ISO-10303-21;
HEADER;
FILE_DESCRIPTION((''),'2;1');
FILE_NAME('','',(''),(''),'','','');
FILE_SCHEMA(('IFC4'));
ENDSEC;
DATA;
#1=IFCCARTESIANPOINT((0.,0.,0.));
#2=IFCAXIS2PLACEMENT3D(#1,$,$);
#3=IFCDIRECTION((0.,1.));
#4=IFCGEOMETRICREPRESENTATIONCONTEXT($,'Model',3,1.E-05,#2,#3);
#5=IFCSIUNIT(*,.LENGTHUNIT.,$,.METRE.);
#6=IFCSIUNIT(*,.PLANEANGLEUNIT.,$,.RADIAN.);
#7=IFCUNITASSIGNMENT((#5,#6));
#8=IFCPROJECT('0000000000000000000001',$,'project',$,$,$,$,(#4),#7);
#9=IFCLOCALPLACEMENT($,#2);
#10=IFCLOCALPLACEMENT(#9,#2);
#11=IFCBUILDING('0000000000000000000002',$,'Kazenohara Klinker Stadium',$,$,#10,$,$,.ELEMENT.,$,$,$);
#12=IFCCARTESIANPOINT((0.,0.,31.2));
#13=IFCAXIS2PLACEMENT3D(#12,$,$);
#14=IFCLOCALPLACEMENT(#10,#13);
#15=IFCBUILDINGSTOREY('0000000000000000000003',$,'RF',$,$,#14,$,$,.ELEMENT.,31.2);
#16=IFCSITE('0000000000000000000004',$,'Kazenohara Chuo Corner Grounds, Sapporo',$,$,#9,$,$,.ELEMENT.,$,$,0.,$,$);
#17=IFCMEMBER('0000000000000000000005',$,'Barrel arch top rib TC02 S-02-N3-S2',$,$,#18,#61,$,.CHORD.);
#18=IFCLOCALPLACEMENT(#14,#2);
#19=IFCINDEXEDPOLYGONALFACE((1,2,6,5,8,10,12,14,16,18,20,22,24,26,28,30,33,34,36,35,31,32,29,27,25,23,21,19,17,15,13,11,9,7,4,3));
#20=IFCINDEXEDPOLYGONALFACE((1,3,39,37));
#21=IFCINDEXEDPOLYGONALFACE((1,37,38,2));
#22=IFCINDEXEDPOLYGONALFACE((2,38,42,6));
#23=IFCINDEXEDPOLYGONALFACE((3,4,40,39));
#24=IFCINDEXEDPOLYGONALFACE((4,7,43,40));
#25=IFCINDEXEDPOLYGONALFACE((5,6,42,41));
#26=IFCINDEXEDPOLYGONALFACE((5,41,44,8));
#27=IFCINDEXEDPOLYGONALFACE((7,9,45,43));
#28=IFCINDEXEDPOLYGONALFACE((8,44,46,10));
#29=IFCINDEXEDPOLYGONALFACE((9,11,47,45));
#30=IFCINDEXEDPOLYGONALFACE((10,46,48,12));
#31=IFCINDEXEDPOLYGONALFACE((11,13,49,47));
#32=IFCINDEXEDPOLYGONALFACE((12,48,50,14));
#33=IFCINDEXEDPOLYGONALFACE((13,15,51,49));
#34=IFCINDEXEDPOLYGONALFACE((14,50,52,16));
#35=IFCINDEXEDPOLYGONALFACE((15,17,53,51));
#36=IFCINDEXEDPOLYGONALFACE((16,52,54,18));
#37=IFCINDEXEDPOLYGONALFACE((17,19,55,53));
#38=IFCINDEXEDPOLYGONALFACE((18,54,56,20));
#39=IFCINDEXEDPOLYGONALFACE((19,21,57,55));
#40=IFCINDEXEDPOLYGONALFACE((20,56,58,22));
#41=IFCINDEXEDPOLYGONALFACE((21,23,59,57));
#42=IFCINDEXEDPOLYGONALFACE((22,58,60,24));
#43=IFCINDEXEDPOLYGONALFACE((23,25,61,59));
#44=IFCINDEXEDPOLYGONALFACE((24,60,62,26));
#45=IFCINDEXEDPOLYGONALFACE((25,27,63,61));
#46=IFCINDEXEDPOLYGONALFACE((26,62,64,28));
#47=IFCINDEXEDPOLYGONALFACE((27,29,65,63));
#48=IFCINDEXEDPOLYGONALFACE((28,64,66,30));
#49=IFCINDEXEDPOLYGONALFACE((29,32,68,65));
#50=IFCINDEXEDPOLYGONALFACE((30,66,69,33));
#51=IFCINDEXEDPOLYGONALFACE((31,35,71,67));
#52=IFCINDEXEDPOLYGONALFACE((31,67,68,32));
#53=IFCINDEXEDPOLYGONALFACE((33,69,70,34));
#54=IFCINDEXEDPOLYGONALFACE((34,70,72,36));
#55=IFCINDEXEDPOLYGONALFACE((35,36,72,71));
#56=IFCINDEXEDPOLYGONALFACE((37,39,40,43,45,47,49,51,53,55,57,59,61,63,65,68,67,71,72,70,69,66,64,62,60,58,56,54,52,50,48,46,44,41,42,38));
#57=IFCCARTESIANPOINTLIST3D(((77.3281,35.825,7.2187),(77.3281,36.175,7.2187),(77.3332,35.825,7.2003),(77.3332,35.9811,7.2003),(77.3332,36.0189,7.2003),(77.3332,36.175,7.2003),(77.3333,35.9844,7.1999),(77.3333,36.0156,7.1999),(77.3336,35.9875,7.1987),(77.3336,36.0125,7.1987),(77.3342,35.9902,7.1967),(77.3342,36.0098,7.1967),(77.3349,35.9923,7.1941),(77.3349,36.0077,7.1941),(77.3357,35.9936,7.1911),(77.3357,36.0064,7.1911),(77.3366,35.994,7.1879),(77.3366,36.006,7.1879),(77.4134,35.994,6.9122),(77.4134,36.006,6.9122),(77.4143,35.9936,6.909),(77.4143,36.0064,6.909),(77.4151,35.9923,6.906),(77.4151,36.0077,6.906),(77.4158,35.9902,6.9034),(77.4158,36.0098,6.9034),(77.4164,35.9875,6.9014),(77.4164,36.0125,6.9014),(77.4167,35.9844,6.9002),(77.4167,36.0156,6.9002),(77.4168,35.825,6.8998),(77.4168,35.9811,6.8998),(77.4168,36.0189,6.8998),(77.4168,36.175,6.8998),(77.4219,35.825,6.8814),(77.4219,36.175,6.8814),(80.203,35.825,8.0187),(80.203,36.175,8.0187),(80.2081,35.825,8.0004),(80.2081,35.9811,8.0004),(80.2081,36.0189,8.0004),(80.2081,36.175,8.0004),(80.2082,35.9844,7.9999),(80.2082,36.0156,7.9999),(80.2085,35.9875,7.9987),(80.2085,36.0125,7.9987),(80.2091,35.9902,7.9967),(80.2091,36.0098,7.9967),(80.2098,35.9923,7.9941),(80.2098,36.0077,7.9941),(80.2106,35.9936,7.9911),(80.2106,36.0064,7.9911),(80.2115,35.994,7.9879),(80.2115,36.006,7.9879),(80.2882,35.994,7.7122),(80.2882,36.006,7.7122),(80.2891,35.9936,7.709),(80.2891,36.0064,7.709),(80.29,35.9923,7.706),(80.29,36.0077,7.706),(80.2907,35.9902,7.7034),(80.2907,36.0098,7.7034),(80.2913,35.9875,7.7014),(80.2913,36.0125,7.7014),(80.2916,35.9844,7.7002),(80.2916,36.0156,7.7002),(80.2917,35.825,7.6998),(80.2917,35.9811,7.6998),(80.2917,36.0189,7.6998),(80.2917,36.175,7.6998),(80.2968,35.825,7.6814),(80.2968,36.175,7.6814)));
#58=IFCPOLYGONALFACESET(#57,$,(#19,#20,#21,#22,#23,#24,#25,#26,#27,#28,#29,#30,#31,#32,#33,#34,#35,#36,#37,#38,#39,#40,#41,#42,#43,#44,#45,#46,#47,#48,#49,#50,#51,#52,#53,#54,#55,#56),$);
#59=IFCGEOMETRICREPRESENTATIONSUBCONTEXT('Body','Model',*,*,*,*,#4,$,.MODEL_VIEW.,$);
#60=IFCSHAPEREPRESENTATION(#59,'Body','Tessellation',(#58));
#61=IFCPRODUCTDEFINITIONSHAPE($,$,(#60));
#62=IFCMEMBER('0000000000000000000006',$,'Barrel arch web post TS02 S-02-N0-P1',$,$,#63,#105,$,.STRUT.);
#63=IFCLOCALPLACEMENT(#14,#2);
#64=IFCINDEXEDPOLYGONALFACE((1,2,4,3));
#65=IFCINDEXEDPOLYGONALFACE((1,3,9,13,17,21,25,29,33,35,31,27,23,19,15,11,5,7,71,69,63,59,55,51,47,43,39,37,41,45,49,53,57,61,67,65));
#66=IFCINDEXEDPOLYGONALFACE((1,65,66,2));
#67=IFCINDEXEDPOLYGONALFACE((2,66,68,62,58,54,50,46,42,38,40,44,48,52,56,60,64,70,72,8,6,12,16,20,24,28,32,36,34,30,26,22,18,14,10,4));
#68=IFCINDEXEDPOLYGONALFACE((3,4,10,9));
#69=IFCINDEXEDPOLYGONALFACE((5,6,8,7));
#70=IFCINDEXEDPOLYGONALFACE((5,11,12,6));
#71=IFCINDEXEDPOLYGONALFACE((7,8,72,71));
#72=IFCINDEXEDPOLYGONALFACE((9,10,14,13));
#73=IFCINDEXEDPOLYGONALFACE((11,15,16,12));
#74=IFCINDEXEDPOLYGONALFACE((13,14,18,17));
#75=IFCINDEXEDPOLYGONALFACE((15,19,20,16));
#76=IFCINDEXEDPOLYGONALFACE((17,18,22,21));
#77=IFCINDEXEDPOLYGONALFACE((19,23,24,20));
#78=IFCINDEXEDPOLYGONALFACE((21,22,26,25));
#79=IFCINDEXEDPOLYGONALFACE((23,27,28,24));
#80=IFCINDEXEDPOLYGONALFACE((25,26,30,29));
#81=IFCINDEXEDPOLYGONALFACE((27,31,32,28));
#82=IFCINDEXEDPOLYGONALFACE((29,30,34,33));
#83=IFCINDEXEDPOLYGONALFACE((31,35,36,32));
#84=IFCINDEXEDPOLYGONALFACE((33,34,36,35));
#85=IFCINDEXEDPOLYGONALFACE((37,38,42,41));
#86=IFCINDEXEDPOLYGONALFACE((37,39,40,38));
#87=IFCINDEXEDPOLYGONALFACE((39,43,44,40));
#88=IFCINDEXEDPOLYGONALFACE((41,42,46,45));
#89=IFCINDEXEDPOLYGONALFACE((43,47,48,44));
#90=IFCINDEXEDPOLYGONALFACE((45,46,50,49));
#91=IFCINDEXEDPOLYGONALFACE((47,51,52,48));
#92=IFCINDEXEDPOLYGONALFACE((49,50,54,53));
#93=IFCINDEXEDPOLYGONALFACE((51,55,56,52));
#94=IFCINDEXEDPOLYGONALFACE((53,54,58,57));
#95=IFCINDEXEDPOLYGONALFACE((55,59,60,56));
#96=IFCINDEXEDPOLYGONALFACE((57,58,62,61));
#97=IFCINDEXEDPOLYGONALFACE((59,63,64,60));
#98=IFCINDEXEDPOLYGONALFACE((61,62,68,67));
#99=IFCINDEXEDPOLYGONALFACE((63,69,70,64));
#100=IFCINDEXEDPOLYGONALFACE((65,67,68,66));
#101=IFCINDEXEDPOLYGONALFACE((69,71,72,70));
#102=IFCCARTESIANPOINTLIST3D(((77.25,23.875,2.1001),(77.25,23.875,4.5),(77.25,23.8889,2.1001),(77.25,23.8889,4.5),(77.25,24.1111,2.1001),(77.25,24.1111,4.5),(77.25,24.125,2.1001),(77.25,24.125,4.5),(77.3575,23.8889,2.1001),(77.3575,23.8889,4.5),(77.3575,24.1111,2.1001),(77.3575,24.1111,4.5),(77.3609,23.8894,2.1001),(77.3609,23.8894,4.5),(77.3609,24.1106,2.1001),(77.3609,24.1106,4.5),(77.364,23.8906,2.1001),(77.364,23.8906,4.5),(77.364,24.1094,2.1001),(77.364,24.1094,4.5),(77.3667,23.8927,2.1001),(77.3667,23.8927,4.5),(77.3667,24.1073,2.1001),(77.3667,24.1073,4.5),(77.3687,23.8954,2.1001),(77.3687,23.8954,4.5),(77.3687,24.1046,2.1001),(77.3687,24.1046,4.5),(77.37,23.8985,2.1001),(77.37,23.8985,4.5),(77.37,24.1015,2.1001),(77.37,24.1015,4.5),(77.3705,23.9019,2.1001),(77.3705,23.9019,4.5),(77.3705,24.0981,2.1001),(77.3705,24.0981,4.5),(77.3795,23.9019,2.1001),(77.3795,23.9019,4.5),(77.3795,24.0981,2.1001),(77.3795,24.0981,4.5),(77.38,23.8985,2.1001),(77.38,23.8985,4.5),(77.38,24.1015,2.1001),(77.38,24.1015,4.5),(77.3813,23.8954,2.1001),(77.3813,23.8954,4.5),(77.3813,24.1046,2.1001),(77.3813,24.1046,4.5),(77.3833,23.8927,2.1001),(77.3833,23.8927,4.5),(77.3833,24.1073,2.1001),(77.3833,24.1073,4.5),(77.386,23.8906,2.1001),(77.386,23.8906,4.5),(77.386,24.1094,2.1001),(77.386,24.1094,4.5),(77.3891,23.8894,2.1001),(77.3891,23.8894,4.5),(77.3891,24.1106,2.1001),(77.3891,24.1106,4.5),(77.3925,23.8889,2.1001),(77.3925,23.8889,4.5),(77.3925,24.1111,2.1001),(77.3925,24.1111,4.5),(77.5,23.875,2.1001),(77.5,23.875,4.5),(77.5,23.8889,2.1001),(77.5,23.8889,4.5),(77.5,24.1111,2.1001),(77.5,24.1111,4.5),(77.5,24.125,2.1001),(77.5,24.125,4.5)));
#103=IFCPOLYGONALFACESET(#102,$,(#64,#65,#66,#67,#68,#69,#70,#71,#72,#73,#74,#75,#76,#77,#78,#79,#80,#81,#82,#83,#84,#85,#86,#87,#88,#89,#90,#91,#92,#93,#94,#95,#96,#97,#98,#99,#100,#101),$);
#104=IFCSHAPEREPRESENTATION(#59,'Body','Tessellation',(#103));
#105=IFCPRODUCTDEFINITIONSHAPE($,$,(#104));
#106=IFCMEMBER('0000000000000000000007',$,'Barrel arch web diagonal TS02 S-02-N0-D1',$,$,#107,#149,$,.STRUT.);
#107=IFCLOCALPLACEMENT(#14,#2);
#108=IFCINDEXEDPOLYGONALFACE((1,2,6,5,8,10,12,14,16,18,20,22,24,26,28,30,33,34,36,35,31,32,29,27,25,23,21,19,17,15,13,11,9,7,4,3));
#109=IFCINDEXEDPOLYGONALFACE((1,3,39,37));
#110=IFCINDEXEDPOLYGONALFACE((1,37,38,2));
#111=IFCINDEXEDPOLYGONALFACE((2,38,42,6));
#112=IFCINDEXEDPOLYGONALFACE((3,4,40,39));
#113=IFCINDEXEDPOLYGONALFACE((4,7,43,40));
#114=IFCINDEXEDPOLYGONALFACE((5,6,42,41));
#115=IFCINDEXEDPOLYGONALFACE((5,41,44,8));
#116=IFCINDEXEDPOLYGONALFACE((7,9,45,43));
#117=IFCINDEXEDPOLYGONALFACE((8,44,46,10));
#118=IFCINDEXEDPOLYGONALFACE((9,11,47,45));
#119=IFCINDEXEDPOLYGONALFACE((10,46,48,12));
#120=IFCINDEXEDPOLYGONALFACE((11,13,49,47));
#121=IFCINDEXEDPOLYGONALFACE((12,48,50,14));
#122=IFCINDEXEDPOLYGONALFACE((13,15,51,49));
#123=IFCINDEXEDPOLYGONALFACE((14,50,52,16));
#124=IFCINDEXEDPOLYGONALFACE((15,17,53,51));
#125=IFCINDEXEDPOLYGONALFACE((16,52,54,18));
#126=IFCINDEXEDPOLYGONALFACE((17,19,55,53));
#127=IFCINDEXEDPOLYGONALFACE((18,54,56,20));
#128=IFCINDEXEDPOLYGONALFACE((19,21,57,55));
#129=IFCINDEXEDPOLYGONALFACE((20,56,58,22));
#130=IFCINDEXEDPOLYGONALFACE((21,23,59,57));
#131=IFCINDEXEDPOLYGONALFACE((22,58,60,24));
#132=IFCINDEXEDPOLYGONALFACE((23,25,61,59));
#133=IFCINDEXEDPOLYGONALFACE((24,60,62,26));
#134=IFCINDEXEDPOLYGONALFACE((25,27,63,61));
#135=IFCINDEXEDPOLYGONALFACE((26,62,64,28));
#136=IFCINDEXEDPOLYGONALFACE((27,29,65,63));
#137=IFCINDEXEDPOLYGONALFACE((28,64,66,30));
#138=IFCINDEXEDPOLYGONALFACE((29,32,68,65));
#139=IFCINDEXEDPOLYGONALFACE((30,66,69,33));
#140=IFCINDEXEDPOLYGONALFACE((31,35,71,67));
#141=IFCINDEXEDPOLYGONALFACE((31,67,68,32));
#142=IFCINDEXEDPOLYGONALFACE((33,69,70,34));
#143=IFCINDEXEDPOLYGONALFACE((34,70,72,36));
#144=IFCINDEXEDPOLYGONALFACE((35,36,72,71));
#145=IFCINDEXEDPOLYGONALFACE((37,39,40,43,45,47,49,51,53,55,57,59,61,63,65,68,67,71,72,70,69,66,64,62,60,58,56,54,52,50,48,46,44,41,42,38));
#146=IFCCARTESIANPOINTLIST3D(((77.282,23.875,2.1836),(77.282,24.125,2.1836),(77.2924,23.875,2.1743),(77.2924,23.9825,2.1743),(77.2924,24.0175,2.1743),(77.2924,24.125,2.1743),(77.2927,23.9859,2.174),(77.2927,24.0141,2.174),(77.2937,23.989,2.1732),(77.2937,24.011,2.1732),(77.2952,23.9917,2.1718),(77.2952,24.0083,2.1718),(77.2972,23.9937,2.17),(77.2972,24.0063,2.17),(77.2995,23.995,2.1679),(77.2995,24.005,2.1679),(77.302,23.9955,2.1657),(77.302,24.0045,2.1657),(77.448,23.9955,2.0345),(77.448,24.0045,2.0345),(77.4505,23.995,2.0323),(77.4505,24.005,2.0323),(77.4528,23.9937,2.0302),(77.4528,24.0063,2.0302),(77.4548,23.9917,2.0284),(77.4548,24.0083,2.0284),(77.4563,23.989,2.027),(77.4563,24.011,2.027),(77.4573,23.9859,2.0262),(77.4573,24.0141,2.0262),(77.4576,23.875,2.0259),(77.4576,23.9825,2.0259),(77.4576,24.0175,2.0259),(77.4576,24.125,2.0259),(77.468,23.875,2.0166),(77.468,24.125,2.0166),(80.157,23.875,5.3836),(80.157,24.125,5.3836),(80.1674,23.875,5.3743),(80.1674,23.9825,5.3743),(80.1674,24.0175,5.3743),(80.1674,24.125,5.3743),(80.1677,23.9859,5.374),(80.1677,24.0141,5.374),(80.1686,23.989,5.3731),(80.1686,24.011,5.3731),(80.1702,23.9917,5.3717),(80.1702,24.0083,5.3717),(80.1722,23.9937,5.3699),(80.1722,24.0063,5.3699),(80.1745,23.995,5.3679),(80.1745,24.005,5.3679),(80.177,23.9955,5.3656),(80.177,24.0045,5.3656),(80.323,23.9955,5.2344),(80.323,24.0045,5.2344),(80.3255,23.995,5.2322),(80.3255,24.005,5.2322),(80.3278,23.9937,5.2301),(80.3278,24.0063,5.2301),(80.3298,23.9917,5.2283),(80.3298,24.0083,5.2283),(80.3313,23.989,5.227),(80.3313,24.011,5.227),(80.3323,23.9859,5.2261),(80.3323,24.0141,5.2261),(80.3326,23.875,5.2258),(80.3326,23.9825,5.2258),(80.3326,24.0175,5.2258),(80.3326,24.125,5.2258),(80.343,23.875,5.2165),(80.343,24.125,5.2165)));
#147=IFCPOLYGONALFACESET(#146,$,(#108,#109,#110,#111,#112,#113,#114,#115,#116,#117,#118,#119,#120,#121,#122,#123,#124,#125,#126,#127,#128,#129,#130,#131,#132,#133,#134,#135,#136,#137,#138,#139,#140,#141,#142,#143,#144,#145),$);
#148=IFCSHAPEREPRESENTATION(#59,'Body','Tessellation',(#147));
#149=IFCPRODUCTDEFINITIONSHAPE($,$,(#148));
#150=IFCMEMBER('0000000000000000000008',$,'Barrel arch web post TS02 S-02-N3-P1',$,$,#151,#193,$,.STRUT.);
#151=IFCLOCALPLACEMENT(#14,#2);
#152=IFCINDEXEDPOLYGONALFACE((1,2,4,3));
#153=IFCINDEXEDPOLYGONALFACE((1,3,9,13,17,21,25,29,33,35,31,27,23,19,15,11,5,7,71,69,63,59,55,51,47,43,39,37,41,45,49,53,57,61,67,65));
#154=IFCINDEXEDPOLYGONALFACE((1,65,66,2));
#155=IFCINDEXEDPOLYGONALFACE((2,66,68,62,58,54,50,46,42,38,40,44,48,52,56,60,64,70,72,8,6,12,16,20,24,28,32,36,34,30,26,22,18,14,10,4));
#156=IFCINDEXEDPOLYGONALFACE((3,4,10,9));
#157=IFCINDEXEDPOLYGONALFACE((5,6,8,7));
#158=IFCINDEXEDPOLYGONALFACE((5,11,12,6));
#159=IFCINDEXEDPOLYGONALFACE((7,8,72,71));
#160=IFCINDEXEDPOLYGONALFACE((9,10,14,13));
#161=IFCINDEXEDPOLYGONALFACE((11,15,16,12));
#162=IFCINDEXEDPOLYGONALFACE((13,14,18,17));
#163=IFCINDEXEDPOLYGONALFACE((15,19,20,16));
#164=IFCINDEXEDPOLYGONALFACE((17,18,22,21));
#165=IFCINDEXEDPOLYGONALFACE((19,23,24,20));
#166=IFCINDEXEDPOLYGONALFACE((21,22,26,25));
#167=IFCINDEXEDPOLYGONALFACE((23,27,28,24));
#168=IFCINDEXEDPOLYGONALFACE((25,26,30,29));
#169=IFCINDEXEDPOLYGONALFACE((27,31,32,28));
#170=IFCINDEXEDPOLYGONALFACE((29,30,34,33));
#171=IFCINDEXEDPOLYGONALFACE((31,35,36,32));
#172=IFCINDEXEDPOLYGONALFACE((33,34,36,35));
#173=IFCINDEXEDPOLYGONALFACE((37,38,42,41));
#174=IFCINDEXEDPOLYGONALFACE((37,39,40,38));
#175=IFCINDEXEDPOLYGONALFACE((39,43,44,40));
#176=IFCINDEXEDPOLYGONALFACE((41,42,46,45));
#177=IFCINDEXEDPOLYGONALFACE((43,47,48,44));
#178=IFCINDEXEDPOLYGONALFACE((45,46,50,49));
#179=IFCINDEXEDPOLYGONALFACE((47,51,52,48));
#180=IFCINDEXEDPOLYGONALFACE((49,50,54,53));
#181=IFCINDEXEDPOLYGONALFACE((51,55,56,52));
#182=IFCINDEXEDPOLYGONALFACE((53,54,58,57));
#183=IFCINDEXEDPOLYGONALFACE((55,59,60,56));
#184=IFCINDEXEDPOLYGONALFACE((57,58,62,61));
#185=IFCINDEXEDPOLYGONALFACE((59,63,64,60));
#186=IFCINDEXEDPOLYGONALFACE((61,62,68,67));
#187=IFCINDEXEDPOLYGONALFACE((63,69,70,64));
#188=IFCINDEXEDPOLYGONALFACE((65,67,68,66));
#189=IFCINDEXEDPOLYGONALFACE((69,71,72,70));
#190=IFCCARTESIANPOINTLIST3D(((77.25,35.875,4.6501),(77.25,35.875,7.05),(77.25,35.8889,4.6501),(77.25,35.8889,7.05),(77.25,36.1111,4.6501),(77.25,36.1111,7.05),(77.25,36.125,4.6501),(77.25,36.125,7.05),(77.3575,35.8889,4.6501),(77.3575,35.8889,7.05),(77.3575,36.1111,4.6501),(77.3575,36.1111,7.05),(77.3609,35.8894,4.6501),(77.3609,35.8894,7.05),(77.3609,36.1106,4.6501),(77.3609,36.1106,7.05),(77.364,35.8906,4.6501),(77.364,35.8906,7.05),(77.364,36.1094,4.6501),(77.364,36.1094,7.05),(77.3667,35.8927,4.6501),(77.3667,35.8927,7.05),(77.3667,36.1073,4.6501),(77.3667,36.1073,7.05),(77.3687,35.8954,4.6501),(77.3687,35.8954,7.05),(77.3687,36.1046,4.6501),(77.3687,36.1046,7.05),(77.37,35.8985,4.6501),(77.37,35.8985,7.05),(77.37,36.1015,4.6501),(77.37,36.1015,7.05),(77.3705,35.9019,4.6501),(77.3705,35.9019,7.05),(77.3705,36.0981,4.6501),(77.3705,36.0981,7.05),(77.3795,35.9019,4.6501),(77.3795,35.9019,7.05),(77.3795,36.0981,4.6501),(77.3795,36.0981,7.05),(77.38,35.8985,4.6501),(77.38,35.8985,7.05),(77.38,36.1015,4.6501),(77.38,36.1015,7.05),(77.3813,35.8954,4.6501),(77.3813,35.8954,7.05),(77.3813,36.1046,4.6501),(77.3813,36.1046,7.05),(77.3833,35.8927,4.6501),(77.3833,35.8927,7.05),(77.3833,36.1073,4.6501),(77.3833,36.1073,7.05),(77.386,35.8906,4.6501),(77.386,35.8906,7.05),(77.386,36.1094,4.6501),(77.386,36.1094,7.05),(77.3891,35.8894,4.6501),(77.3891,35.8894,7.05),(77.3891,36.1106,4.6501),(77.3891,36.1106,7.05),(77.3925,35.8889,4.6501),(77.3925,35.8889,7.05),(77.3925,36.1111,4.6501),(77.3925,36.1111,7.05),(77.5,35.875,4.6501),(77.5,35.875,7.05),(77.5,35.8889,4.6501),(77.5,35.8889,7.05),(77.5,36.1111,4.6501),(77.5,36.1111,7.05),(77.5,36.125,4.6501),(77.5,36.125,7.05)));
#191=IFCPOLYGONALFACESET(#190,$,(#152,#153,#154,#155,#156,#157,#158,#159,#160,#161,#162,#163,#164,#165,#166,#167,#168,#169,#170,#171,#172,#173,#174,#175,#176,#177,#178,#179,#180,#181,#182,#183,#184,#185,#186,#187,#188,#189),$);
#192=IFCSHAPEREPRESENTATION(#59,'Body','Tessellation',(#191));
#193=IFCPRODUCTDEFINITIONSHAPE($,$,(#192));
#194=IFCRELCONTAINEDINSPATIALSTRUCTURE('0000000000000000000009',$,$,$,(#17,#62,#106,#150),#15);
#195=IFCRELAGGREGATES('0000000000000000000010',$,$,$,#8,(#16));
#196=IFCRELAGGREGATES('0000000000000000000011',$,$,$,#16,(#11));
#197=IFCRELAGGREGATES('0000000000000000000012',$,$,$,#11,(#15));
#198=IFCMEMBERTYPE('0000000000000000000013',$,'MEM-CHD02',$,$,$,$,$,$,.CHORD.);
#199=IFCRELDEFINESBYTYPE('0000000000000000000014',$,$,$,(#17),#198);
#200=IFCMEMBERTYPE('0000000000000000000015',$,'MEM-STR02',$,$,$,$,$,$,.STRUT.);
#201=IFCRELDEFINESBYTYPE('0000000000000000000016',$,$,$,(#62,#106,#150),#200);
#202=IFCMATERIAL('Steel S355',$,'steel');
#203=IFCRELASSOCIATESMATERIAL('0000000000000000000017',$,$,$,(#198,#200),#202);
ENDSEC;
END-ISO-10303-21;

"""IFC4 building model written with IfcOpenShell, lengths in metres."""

from ifc_helpers import new_model, si_unit, direction, frame, origin, origin_2d, place, context, subcontext, project, spatial, i_section, extrude, material, material_profile, profile_set, type_object, element, save


model = new_model("IFC4")

# Units and contexts
model_context = context("Model", 3, precision=1e-05, world=origin(), true_north=direction((0.0, 1.0)))
body_context = subcontext(model_context, "Body", "Model", "MODEL_VIEW")
ifc_project = project(units=[si_unit("LENGTHUNIT", "METRE"), si_unit("PLANEANGLEUNIT", "RADIAN")], contexts=[model_context])

# Site, building, storey
site_placement = place(None, origin())
site = spatial("IfcSite", under=ifc_project, at=site_placement, Name="Kazenohara Chuo Corner Grounds, Sapporo", CompositionType="ELEMENT", RefElevation=0.0)
building_placement = place(site_placement, origin())
building = spatial("IfcBuilding", under=site, at=building_placement, Name="Kazenohara Klinker Stadium", CompositionType="ELEMENT")
storey_placement = place(building_placement, frame((0.0, 0.0, 31.2)))
storey = spatial("IfcBuildingStorey", under=building, at=storey_placement, Name="RF", CompositionType="ELEMENT", Elevation=31.2)

# Members
ifc_material_1 = material(Name="Steel S355", Category="steel")
ifc_material_profile_1 = material_profile(ifc_material_1, i_section(OverallWidth=0.3501, OverallDepth=0.3501, WebThickness=0.012, FlangeThickness=0.019, FilletRadius=0.0129, at=origin_2d()), Name="H-350x350x12x19")
ifc_profile_set_1 = profile_set([ifc_material_profile_1], Name="Steel S355")
member_type_1 = type_object("IfcMemberType", Name="MEM-CHD02", PredefinedType="CHORD", material=ifc_profile_set_1)
member_1_placement = place(storey_placement, frame((77.375, 36.0, 7.05), z_axis=(0.963394, 0.0, 0.268091), x_axis=(0.0, 1.0, 0.0)))
element("IfcMember", 1, at=member_1_placement, inside=storey, type_object=member_type_1, Name="Barrel arch top rib TC02 S-02-N3-S2", PredefinedType="CHORD", context=body_context, shape_type="SweptSolid", body=[
    extrude(i_section(OverallWidth=0.3501, OverallDepth=0.3501, WebThickness=0.012, FlangeThickness=0.019, FilletRadius=0.0129, at=origin_2d()), origin(), (0.0, 0.0, 1.0), 2.9841),
])
ifc_material_profile_2 = material_profile(ifc_material_1, i_section(OverallWidth=0.25, OverallDepth=0.25, WebThickness=0.009, FlangeThickness=0.0139, FilletRadius=0.0129, at=origin_2d()), Name="H-250x250x9x14")
ifc_profile_set_2 = profile_set([ifc_material_profile_2], Name="Steel S355")
member_type_2 = type_object("IfcMemberType", Name="MEM-STR02", PredefinedType="STRUT", material=ifc_profile_set_2)
member_2_placement = place(storey_placement, frame((77.375, 24.0, 2.1001), z_axis=(0.0, 0.0, 1.0), x_axis=(1.0, 0.0, 0.0)))
element("IfcMember", 2, at=member_2_placement, inside=storey, type_object=member_type_2, Name="Barrel arch web post TS02 S-02-N0-P1", PredefinedType="STRUT", context=body_context, shape_type="SweptSolid", body=[
    extrude(i_section(OverallWidth=0.25, OverallDepth=0.25, WebThickness=0.009, FlangeThickness=0.0139, FilletRadius=0.0129, at=origin_2d()), origin(), (0.0, 0.0, 1.0), 2.3999),
])
member_3_placement = place(storey_placement, frame((77.375, 24.0, 2.1001), z_axis=(0.668328, 0.0, 0.743867), x_axis=(0.0, 1.0, 0.0)))
element("IfcMember", 3, at=member_3_placement, inside=storey, type_object=member_type_2, Name="Barrel arch web diagonal TS02 S-02-N0-D1", PredefinedType="STRUT", context=body_context, shape_type="SweptSolid", body=[
    extrude(i_section(OverallWidth=0.25, OverallDepth=0.25, WebThickness=0.009, FlangeThickness=0.0139, FilletRadius=0.0129, at=origin_2d()), origin(), (0.0, 0.0, 1.0), 4.3018),
])
member_4_placement = place(storey_placement, frame((77.375, 36.0, 4.6501), z_axis=(0.0, 0.0, 1.0), x_axis=(1.0, 0.0, 0.0)))
element("IfcMember", 4, at=member_4_placement, inside=storey, type_object=member_type_2, Name="Barrel arch web post TS02 S-02-N3-P1", PredefinedType="STRUT", context=body_context, shape_type="SweptSolid", body=[
    extrude(i_section(OverallWidth=0.25, OverallDepth=0.25, WebThickness=0.009, FlangeThickness=0.0139, FilletRadius=0.0129, at=origin_2d()), origin(), (0.0, 0.0, 1.0), 2.3999),
])

save(model, "model.ifc")
